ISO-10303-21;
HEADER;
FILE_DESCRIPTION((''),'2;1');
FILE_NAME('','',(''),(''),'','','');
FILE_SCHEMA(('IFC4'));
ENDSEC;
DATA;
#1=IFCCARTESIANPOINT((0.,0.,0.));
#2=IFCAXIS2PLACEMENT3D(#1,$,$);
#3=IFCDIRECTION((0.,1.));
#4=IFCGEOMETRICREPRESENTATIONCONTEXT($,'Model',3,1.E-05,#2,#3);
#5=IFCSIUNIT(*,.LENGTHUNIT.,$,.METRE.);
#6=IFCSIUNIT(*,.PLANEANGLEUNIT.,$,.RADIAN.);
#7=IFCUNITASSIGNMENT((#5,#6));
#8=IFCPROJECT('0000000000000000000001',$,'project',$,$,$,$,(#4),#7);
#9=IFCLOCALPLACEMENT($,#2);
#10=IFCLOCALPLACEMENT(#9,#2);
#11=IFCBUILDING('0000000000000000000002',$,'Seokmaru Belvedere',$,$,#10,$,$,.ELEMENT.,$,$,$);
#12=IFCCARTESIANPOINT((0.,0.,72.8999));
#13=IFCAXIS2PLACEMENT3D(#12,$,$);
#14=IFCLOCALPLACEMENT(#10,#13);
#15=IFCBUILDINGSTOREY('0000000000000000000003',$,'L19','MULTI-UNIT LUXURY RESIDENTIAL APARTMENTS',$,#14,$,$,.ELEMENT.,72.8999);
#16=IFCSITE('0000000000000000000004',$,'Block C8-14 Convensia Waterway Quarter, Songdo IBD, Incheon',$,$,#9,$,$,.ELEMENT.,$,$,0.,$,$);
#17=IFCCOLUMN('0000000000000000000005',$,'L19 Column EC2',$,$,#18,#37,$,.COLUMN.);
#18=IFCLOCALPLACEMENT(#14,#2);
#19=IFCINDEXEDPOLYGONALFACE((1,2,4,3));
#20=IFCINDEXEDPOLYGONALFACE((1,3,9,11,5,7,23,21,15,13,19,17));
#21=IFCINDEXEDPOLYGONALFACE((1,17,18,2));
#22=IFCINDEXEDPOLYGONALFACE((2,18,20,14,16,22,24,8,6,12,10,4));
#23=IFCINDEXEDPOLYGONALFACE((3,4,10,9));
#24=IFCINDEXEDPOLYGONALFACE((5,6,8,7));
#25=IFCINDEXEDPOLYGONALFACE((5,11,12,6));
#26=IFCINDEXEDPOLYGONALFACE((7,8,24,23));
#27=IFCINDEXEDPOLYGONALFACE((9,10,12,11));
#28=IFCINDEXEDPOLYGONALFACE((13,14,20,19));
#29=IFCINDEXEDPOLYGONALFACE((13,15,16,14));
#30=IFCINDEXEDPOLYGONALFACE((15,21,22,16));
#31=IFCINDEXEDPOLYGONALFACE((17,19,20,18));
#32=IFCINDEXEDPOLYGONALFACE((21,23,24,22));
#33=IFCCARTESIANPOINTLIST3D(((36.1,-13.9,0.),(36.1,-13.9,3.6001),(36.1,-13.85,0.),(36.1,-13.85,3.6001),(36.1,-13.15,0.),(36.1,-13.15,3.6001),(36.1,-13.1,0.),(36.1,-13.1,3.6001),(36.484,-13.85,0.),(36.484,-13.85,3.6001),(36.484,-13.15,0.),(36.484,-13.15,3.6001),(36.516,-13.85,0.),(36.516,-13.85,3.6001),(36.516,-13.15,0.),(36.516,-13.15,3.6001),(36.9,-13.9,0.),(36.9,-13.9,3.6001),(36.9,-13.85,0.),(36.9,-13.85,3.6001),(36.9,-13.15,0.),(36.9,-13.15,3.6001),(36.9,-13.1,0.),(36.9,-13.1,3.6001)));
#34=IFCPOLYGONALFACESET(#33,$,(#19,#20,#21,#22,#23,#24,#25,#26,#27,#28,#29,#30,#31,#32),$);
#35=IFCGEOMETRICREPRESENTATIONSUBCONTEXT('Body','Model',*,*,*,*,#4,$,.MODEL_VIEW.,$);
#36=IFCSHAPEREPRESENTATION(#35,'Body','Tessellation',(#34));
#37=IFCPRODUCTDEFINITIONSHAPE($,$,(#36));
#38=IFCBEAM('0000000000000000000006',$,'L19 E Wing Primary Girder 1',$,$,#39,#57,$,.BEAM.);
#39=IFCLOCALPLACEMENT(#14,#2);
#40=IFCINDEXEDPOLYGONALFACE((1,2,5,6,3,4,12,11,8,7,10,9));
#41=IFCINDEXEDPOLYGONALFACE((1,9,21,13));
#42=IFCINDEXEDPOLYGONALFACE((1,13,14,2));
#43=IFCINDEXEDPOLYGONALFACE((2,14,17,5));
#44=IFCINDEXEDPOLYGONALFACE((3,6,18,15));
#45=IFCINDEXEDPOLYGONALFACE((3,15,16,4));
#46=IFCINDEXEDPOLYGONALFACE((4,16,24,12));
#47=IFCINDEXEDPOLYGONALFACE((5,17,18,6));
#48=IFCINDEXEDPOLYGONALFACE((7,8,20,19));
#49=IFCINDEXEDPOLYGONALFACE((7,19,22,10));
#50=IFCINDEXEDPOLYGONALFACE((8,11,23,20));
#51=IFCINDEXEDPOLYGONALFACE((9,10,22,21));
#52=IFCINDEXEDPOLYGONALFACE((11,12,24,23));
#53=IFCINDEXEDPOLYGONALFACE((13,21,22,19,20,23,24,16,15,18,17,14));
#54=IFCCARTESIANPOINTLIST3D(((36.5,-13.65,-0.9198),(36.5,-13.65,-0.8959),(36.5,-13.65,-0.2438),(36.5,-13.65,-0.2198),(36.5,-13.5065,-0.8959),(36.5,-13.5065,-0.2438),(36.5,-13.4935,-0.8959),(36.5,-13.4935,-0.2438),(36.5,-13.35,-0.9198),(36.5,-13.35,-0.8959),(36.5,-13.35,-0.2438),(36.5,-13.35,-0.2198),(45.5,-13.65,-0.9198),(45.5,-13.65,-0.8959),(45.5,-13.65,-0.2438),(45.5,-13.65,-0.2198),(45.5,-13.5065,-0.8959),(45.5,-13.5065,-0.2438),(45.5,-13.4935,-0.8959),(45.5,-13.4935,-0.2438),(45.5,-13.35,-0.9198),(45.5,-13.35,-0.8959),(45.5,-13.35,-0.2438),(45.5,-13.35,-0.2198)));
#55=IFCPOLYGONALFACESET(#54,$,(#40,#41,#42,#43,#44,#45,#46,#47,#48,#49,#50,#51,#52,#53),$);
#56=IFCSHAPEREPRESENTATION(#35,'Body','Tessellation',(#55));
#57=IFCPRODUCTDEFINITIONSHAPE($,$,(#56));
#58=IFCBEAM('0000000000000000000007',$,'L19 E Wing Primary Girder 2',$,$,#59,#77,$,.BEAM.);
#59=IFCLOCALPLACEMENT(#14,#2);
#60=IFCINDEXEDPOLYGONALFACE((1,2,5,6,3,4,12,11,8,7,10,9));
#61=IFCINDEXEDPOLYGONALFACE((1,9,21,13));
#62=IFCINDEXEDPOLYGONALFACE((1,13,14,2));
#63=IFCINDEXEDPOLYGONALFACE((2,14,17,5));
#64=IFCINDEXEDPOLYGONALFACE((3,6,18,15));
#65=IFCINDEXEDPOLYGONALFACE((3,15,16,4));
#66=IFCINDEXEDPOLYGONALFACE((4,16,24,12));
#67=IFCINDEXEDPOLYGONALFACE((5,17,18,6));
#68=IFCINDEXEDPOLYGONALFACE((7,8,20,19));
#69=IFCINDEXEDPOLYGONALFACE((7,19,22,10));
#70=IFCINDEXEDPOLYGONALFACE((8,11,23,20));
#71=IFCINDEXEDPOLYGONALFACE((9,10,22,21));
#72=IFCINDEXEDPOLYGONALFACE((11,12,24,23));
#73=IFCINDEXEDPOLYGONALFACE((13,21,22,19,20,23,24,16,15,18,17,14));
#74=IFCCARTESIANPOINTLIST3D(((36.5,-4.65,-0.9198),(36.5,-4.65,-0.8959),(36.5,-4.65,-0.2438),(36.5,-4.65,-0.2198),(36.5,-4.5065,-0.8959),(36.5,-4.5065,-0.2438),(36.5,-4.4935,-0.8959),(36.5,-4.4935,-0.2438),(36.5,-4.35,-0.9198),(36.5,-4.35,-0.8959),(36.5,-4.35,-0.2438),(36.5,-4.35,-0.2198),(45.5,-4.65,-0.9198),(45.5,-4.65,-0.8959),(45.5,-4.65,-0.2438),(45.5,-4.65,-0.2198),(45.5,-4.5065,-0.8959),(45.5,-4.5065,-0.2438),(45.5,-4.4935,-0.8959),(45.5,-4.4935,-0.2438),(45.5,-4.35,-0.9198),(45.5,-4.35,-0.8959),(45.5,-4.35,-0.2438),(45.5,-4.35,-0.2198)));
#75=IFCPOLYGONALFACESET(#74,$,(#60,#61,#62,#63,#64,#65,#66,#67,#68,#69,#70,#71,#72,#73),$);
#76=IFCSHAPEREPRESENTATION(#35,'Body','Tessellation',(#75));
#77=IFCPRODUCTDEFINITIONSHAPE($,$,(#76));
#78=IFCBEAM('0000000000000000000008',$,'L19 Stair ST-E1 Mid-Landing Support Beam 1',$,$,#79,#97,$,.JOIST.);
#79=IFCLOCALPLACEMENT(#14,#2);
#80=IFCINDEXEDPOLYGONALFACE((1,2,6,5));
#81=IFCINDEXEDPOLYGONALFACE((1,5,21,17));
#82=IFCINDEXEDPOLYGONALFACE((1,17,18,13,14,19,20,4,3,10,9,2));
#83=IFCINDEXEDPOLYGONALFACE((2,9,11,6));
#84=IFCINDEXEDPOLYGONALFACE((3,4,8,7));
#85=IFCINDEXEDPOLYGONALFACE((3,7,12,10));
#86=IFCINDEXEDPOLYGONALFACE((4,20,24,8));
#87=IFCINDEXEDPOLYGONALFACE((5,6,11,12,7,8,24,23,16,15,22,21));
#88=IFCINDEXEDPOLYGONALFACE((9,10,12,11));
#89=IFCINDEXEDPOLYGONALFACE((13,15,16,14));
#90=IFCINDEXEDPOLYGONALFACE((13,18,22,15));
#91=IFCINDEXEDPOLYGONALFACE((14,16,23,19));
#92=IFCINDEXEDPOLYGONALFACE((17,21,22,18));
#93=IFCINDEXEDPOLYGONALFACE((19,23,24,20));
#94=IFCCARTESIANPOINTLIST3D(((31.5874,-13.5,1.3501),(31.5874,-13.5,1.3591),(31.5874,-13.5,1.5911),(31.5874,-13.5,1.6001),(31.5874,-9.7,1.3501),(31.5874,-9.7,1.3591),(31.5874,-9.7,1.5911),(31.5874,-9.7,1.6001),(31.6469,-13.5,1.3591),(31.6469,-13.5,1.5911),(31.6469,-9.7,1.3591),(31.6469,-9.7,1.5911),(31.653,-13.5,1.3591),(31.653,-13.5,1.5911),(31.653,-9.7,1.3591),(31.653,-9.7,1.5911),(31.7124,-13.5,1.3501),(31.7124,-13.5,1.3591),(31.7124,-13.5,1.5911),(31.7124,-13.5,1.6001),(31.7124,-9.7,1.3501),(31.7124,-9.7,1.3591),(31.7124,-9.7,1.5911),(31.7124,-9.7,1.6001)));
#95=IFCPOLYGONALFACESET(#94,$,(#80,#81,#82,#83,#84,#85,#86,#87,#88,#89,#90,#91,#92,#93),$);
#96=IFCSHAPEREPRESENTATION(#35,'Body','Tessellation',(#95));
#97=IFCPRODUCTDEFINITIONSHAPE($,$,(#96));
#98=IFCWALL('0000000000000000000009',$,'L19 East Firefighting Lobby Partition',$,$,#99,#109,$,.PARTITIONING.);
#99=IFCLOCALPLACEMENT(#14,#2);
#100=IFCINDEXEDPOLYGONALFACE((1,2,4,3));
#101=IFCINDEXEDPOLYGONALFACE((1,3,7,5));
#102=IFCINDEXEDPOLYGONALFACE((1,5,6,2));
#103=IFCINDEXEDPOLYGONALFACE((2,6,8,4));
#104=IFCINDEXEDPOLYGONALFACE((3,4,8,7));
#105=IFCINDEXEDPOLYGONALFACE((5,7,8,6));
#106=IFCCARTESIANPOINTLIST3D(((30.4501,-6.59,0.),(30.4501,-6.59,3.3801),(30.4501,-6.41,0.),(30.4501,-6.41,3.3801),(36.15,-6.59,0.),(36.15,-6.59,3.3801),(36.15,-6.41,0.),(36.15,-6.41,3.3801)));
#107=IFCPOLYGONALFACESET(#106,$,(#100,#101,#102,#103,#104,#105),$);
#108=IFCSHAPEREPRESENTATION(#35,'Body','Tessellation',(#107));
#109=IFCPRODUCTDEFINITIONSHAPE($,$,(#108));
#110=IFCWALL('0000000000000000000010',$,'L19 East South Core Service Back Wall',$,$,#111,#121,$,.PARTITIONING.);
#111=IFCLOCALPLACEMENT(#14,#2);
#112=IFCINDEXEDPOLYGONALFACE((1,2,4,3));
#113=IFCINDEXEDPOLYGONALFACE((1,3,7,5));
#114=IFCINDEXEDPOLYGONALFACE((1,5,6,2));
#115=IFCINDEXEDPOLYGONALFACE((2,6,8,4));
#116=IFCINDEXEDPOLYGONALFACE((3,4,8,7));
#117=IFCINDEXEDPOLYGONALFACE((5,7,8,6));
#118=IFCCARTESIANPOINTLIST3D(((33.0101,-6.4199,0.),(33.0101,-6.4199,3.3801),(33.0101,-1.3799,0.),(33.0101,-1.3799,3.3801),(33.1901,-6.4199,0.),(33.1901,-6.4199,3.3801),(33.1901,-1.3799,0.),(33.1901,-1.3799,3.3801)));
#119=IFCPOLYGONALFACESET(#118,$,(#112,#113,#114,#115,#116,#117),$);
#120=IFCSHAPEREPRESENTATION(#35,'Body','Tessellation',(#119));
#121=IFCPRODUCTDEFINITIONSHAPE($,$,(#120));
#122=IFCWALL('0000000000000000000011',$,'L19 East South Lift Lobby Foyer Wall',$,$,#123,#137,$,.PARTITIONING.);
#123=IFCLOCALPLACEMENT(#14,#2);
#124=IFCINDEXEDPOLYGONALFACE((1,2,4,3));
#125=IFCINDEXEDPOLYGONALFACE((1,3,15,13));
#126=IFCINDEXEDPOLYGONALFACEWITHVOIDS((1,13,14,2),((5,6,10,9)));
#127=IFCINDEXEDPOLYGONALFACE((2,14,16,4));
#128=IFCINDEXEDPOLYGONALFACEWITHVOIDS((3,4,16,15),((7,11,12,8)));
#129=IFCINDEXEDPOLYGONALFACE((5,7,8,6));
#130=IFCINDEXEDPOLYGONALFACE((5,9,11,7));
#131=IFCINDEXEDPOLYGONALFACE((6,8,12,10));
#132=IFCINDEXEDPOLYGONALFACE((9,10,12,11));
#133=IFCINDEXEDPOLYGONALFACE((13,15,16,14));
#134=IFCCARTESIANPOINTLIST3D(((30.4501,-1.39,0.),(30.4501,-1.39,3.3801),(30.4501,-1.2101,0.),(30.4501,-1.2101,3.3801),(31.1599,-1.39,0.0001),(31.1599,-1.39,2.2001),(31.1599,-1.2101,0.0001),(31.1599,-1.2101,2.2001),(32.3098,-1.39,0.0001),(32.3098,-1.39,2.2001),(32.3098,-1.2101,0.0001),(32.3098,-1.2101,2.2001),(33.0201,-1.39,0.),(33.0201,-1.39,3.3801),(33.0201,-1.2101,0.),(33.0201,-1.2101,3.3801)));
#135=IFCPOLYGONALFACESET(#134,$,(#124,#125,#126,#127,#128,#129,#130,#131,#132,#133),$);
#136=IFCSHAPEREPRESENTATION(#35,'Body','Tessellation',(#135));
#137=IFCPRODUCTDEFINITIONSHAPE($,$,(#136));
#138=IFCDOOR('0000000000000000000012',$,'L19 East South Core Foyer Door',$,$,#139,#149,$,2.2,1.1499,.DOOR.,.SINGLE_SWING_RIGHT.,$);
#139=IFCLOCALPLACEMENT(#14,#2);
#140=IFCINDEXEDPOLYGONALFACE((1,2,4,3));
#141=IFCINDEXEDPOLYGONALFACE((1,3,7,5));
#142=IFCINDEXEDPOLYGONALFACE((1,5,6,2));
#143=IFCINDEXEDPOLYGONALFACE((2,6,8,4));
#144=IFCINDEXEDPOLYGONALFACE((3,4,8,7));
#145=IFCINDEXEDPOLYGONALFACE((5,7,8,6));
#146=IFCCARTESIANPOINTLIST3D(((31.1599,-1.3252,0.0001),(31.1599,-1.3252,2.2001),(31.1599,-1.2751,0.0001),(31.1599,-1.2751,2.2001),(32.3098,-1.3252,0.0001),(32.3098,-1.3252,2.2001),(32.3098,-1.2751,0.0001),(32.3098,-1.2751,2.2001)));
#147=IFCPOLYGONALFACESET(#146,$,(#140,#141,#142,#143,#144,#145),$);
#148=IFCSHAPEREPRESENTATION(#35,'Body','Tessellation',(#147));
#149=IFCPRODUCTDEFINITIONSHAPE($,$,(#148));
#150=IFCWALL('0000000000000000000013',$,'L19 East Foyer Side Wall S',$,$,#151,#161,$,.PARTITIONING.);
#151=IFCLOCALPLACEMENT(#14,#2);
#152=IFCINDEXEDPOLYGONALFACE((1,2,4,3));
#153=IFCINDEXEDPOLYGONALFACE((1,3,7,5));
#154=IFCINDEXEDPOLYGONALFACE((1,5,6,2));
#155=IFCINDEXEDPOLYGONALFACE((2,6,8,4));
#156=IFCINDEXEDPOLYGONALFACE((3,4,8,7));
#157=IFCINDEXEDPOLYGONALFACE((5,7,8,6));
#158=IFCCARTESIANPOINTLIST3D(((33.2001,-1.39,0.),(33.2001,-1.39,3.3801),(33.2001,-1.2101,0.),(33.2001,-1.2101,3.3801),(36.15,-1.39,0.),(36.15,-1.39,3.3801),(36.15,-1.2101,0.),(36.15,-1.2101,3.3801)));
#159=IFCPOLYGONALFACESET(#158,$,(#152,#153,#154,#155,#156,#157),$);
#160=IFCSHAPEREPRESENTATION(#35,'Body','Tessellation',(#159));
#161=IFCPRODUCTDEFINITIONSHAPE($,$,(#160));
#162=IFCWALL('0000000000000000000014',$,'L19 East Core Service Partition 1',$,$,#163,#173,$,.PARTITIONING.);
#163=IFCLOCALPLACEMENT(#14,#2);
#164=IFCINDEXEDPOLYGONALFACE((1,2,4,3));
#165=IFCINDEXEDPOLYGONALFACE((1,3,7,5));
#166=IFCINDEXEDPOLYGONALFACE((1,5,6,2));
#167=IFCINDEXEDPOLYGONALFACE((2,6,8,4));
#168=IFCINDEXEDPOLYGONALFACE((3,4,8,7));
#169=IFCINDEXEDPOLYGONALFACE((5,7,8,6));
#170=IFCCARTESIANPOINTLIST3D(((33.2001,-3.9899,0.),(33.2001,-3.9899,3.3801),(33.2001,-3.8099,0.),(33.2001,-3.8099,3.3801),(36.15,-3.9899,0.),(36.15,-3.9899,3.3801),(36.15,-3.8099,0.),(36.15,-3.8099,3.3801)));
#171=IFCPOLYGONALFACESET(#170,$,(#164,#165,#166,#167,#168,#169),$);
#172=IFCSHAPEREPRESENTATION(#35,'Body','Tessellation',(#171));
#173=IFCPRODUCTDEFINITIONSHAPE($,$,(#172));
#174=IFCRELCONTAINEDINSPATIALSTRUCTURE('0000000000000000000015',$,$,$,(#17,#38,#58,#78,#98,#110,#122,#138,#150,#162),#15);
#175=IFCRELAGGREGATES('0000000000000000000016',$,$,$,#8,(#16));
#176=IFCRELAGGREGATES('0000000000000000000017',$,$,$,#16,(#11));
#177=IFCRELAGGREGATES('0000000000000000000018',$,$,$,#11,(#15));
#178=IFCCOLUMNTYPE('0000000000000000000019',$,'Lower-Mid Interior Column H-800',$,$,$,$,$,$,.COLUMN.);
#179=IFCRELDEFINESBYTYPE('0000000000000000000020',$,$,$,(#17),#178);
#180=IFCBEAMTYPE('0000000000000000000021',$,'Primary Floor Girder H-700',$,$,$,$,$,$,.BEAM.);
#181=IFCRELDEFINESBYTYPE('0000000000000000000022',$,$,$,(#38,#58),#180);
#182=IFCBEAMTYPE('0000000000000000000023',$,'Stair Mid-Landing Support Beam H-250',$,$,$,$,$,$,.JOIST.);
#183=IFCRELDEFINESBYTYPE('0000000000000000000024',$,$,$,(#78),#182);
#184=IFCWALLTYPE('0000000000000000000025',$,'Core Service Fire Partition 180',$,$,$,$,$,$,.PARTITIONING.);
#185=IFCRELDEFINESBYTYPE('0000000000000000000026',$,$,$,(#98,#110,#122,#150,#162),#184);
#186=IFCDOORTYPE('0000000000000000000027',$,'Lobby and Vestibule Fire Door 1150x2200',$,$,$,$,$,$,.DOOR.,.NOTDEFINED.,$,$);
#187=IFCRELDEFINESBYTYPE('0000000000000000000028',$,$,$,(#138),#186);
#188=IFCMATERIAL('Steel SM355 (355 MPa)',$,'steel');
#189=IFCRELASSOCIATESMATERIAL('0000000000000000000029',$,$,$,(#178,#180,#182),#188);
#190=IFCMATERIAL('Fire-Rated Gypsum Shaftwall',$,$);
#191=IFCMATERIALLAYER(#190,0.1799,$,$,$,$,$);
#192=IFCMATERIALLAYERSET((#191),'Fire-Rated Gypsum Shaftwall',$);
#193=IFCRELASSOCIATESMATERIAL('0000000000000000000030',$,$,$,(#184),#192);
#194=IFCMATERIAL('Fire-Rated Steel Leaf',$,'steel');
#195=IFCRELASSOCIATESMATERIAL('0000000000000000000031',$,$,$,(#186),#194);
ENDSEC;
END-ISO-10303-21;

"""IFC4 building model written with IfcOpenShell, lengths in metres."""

from ifc_helpers import new_model, si_unit, direction, frame, frame_2d, origin, origin_2d, place, context, subcontext, project, spatial, rectangle, i_section, extrude, source, transform, mapped, material, layer, layer_set, material_profile, profile_set, type_object, type_shapes, element, fill, save


model = new_model("IFC4")

# Units and contexts
model_context = context("Model", 3, precision=1e-05, world=origin(), true_north=direction((0.0, 1.0)))
body_context = subcontext(model_context, "Body", "Model", "MODEL_VIEW")
ifc_project = project(units=[si_unit("LENGTHUNIT", "METRE"), si_unit("PLANEANGLEUNIT", "RADIAN")], contexts=[model_context])

# Site, building, storey
site_placement = place(None, origin())
site = spatial("IfcSite", under=ifc_project, at=site_placement, Name="Block C8-14 Convensia Waterway Quarter, Songdo IBD, Incheon", CompositionType="ELEMENT", RefElevation=0.0)
building_placement = place(site_placement, origin())
building = spatial("IfcBuilding", under=site, at=building_placement, Name="Seokmaru Belvedere", CompositionType="ELEMENT")
storey_placement = place(building_placement, frame((0.0, 0.0, 72.8999)))
storey = spatial("IfcBuildingStorey", under=building, at=storey_placement, Name="L19", Description="MULTI-UNIT LUXURY RESIDENTIAL APARTMENTS", CompositionType="ELEMENT", Elevation=72.8999)

# Column
ifc_material_1 = material(Name="Steel SM355 (355 MPa)", Category="steel")
ifc_material_profile_1 = material_profile(ifc_material_1, i_section(OverallWidth=0.8, OverallDepth=0.8, WebThickness=0.032, FlangeThickness=0.05, at=origin_2d()), Name="H-800x800x32x50")
ifc_profile_set_1 = profile_set([ifc_material_profile_1], Name="Steel SM355 (355 MPa)")
column_type = type_object("IfcColumnType", Name="Lower-Mid Interior Column H-800", PredefinedType="COLUMN", material=ifc_profile_set_1)
shared_shape_1 = source(origin(), body_context, "Body", "SweptSolid", [
    extrude(i_section(OverallWidth=0.8, OverallDepth=0.8, WebThickness=0.032, FlangeThickness=0.05, at=origin_2d()), origin(), (0.0, 0.0, 1.0), 3.6001),
])
type_shapes(column_type, [shared_shape_1])
column_placement = place(storey_placement, frame((36.5, -13.5, 0.0), z_axis=(0.0, 0.0, 1.0), x_axis=(1.0, 0.0, 0.0)))
element("IfcColumn", 1, at=column_placement, inside=storey, type_object=column_type, Name="L19 Column EC2", PredefinedType="COLUMN", context=body_context, shape_type="MappedRepresentation", body=[
    mapped(shared_shape_1, transform((0.0, 0.0, 0.0), scale=1.0)),
])

# Beams
ifc_material_profile_2 = material_profile(ifc_material_1, i_section(OverallWidth=0.3, OverallDepth=0.7, WebThickness=0.0129, FlangeThickness=0.0239, at=origin_2d()), Name="H-700x300x13x24")
ifc_profile_set_2 = profile_set([ifc_material_profile_2], Name="Steel SM355 (355 MPa)")
beam_type_1 = type_object("IfcBeamType", Name="Primary Floor Girder H-700", PredefinedType="BEAM", material=ifc_profile_set_2)
shared_shape_2 = source(origin(), body_context, "Body", "SweptSolid", [
    extrude(i_section(OverallWidth=0.3, OverallDepth=0.7, WebThickness=0.0129, FlangeThickness=0.0239, at=origin_2d()), origin(), (0.0, 0.0, 1.0), 9.0),
])
type_shapes(beam_type_1, [shared_shape_2])
for number, where, z_axis, x_axis, name in (
    (2, (36.5, -13.5, -0.5698), (1.0, 0.0, 0.0), (0.0, 1.0, 0.0), "L19 E Wing Primary Girder 1"),
    (3, (36.5, -4.5, -0.5698), (1.0, 0.0, 0.0), (0.0, 1.0, 0.0), "L19 E Wing Primary Girder 2"),
):
    element("IfcBeam", number, at=place(storey_placement, frame(where, z_axis=z_axis, x_axis=x_axis)), inside=storey, type_object=beam_type_1, Name=name, PredefinedType="BEAM", context=body_context, shape_type="MappedRepresentation", body=[
        mapped(shared_shape_2, transform((0.0, 0.0, 0.0), scale=1.0)),
    ])
ifc_material_profile_3 = material_profile(ifc_material_1, i_section(OverallWidth=0.125, OverallDepth=0.25, WebThickness=0.0061, FlangeThickness=0.009, at=origin_2d()), Name="H-250x125x6x9")
ifc_profile_set_3 = profile_set([ifc_material_profile_3], Name="Steel SM355 (355 MPa)")
beam_type_2 = type_object("IfcBeamType", Name="Stair Mid-Landing Support Beam H-250", PredefinedType="JOIST", material=ifc_profile_set_3)
shared_shape_3 = source(origin(), body_context, "Body", "SweptSolid", [
    extrude(i_section(OverallWidth=0.125, OverallDepth=0.25, WebThickness=0.0061, FlangeThickness=0.009, at=origin_2d()), origin(), (0.0, 0.0, 1.0), 3.8),
])
type_shapes(beam_type_2, [shared_shape_3])
beam_placement = place(storey_placement, frame((31.6499, -13.5, 1.4751), z_axis=(0.0, 1.0, 0.0), x_axis=(-1.0, 0.0, 0.0)))
element("IfcBeam", 4, at=beam_placement, inside=storey, type_object=beam_type_2, Name="L19 Stair ST-E1 Mid-Landing Support Beam 1", PredefinedType="JOIST", context=body_context, shape_type="MappedRepresentation", body=[
    mapped(shared_shape_3, transform((0.0, 0.0, 0.0), scale=1.0)),
])

# Walls
ifc_material_2 = material(Name="Fire-Rated Gypsum Shaftwall")
ifc_layer_1 = layer(ifc_material_2, 0.1799)
ifc_layer_set_1 = layer_set([ifc_layer_1], Name="Fire-Rated Gypsum Shaftwall")
wall_type_1 = type_object("IfcWallType", Name="Core Service Fire Partition 180", PredefinedType="PARTITIONING", material=ifc_layer_set_1)
wall_1_placement = place(storey_placement, frame((30.45, -6.5, 0.0), z_axis=(0.0, 0.0, 1.0), x_axis=(1.0, 0.0, 0.0)))
element("IfcWall", 5, at=wall_1_placement, inside=storey, type_object=wall_type_1, Name="L19 East Firefighting Lobby Partition", PredefinedType="PARTITIONING", context=body_context, shape_type="SweptSolid", body=[
    extrude(rectangle(XDim=5.7, YDim=0.1799, at=frame_2d((2.8501, 0.0))), origin(), (0.0, 0.0, 1.0), 3.3801),
])
wall_2_placement = place(storey_placement, frame((33.1001, -6.4199, 0.0), z_axis=(0.0, 0.0, 1.0), x_axis=(0.0, 1.0, 0.0)))
element("IfcWall", 6, at=wall_2_placement, inside=storey, type_object=wall_type_1, Name="L19 East South Core Service Back Wall", PredefinedType="PARTITIONING", context=body_context, shape_type="SweptSolid", body=[
    extrude(rectangle(XDim=5.04, YDim=0.1799, at=frame_2d((2.52, 0.0))), origin(), (0.0, 0.0, 1.0), 3.3801),
])

# Wall, opening, door
wall_3_placement = place(storey_placement, frame((30.45, -1.3, 0.0), z_axis=(0.0, 0.0, 1.0), x_axis=(1.0, 0.0, 0.0)))
wall_3 = element("IfcWall", 7, at=wall_3_placement, inside=storey, type_object=wall_type_1, Name="L19 East South Lift Lobby Foyer Wall", PredefinedType="PARTITIONING", context=body_context, shape_type="SweptSolid", body=[
    extrude(rectangle(XDim=2.5701, YDim=0.1799, at=frame_2d((1.2852, 0.0))), origin(), (0.0, 0.0, 1.0), 3.3801),
])
opening_1_placement = place(wall_3_placement, frame((0.71, 0.0, 0.0)))
opening_1 = element("IfcOpeningElement", 8, at=opening_1_placement, cuts=wall_3, PredefinedType="OPENING", context=body_context, shape_type="SweptSolid", body=[
    extrude(rectangle(XDim=1.1499, YDim=2.2, at=frame_2d((0.575, 1.1001))), frame((0.0, 0.1001, 0.0), z_axis=(0.0, -1.0, 0.0), x_axis=(1.0, 0.0, 0.0)), (0.0, 0.0, 1.0), 0.2),
])
ifc_material_3 = material(Name="Fire-Rated Steel Leaf", Category="steel")
door_type_1 = type_object("IfcDoorType", Name="Lobby and Vestibule Fire Door 1150x2200", OperationType="NOTDEFINED", PredefinedType="DOOR", material=ifc_material_3)
shared_shape_4 = source(origin(), body_context, "Body", "SweptSolid", [
    extrude(rectangle(XDim=1.1499, YDim=2.2, at=frame_2d((0.575, 1.1001))), frame((0.0, 0.0249, 0.0), z_axis=(0.0, -1.0, 0.0), x_axis=(1.0, 0.0, 0.0)), (0.0, 0.0, 1.0), 0.05),
])
type_shapes(door_type_1, [shared_shape_4])
door_1_placement = place(opening_1_placement, origin())
door_1 = element("IfcDoor", 9, at=door_1_placement, inside=storey, type_object=door_type_1, Name="L19 East South Core Foyer Door", OperationType="SINGLE_SWING_RIGHT", OverallHeight=2.2, OverallWidth=1.1499, PredefinedType="DOOR", context=body_context, shape_type="MappedRepresentation", body=[
    mapped(shared_shape_4, transform((0.0, 0.0, 0.0), scale=1.0)),
])
fill(opening_1, door_1)

# Walls
for number, where, z_axis, x_axis, name in (
    (10, (33.2, -1.3, 0.0), (0.0, 0.0, 1.0), (1.0, 0.0, 0.0), "L19 East Foyer Side Wall S"),
    (11, (33.2, -3.8999, 0.0), (0.0, 0.0, 1.0), (1.0, 0.0, 0.0), "L19 East Core Service Partition 1"),
):
    element("IfcWall", number, at=place(storey_placement, frame(where, z_axis=z_axis, x_axis=x_axis)), inside=storey, type_object=wall_type_1, Name=name, PredefinedType="PARTITIONING", context=body_context, shape_type="SweptSolid", body=[
        extrude(rectangle(XDim=2.95, YDim=0.1799, at=frame_2d((1.4751, 0.0))), origin(), (0.0, 0.0, 1.0), 3.3801),
    ])

save(model, "model.ifc")
